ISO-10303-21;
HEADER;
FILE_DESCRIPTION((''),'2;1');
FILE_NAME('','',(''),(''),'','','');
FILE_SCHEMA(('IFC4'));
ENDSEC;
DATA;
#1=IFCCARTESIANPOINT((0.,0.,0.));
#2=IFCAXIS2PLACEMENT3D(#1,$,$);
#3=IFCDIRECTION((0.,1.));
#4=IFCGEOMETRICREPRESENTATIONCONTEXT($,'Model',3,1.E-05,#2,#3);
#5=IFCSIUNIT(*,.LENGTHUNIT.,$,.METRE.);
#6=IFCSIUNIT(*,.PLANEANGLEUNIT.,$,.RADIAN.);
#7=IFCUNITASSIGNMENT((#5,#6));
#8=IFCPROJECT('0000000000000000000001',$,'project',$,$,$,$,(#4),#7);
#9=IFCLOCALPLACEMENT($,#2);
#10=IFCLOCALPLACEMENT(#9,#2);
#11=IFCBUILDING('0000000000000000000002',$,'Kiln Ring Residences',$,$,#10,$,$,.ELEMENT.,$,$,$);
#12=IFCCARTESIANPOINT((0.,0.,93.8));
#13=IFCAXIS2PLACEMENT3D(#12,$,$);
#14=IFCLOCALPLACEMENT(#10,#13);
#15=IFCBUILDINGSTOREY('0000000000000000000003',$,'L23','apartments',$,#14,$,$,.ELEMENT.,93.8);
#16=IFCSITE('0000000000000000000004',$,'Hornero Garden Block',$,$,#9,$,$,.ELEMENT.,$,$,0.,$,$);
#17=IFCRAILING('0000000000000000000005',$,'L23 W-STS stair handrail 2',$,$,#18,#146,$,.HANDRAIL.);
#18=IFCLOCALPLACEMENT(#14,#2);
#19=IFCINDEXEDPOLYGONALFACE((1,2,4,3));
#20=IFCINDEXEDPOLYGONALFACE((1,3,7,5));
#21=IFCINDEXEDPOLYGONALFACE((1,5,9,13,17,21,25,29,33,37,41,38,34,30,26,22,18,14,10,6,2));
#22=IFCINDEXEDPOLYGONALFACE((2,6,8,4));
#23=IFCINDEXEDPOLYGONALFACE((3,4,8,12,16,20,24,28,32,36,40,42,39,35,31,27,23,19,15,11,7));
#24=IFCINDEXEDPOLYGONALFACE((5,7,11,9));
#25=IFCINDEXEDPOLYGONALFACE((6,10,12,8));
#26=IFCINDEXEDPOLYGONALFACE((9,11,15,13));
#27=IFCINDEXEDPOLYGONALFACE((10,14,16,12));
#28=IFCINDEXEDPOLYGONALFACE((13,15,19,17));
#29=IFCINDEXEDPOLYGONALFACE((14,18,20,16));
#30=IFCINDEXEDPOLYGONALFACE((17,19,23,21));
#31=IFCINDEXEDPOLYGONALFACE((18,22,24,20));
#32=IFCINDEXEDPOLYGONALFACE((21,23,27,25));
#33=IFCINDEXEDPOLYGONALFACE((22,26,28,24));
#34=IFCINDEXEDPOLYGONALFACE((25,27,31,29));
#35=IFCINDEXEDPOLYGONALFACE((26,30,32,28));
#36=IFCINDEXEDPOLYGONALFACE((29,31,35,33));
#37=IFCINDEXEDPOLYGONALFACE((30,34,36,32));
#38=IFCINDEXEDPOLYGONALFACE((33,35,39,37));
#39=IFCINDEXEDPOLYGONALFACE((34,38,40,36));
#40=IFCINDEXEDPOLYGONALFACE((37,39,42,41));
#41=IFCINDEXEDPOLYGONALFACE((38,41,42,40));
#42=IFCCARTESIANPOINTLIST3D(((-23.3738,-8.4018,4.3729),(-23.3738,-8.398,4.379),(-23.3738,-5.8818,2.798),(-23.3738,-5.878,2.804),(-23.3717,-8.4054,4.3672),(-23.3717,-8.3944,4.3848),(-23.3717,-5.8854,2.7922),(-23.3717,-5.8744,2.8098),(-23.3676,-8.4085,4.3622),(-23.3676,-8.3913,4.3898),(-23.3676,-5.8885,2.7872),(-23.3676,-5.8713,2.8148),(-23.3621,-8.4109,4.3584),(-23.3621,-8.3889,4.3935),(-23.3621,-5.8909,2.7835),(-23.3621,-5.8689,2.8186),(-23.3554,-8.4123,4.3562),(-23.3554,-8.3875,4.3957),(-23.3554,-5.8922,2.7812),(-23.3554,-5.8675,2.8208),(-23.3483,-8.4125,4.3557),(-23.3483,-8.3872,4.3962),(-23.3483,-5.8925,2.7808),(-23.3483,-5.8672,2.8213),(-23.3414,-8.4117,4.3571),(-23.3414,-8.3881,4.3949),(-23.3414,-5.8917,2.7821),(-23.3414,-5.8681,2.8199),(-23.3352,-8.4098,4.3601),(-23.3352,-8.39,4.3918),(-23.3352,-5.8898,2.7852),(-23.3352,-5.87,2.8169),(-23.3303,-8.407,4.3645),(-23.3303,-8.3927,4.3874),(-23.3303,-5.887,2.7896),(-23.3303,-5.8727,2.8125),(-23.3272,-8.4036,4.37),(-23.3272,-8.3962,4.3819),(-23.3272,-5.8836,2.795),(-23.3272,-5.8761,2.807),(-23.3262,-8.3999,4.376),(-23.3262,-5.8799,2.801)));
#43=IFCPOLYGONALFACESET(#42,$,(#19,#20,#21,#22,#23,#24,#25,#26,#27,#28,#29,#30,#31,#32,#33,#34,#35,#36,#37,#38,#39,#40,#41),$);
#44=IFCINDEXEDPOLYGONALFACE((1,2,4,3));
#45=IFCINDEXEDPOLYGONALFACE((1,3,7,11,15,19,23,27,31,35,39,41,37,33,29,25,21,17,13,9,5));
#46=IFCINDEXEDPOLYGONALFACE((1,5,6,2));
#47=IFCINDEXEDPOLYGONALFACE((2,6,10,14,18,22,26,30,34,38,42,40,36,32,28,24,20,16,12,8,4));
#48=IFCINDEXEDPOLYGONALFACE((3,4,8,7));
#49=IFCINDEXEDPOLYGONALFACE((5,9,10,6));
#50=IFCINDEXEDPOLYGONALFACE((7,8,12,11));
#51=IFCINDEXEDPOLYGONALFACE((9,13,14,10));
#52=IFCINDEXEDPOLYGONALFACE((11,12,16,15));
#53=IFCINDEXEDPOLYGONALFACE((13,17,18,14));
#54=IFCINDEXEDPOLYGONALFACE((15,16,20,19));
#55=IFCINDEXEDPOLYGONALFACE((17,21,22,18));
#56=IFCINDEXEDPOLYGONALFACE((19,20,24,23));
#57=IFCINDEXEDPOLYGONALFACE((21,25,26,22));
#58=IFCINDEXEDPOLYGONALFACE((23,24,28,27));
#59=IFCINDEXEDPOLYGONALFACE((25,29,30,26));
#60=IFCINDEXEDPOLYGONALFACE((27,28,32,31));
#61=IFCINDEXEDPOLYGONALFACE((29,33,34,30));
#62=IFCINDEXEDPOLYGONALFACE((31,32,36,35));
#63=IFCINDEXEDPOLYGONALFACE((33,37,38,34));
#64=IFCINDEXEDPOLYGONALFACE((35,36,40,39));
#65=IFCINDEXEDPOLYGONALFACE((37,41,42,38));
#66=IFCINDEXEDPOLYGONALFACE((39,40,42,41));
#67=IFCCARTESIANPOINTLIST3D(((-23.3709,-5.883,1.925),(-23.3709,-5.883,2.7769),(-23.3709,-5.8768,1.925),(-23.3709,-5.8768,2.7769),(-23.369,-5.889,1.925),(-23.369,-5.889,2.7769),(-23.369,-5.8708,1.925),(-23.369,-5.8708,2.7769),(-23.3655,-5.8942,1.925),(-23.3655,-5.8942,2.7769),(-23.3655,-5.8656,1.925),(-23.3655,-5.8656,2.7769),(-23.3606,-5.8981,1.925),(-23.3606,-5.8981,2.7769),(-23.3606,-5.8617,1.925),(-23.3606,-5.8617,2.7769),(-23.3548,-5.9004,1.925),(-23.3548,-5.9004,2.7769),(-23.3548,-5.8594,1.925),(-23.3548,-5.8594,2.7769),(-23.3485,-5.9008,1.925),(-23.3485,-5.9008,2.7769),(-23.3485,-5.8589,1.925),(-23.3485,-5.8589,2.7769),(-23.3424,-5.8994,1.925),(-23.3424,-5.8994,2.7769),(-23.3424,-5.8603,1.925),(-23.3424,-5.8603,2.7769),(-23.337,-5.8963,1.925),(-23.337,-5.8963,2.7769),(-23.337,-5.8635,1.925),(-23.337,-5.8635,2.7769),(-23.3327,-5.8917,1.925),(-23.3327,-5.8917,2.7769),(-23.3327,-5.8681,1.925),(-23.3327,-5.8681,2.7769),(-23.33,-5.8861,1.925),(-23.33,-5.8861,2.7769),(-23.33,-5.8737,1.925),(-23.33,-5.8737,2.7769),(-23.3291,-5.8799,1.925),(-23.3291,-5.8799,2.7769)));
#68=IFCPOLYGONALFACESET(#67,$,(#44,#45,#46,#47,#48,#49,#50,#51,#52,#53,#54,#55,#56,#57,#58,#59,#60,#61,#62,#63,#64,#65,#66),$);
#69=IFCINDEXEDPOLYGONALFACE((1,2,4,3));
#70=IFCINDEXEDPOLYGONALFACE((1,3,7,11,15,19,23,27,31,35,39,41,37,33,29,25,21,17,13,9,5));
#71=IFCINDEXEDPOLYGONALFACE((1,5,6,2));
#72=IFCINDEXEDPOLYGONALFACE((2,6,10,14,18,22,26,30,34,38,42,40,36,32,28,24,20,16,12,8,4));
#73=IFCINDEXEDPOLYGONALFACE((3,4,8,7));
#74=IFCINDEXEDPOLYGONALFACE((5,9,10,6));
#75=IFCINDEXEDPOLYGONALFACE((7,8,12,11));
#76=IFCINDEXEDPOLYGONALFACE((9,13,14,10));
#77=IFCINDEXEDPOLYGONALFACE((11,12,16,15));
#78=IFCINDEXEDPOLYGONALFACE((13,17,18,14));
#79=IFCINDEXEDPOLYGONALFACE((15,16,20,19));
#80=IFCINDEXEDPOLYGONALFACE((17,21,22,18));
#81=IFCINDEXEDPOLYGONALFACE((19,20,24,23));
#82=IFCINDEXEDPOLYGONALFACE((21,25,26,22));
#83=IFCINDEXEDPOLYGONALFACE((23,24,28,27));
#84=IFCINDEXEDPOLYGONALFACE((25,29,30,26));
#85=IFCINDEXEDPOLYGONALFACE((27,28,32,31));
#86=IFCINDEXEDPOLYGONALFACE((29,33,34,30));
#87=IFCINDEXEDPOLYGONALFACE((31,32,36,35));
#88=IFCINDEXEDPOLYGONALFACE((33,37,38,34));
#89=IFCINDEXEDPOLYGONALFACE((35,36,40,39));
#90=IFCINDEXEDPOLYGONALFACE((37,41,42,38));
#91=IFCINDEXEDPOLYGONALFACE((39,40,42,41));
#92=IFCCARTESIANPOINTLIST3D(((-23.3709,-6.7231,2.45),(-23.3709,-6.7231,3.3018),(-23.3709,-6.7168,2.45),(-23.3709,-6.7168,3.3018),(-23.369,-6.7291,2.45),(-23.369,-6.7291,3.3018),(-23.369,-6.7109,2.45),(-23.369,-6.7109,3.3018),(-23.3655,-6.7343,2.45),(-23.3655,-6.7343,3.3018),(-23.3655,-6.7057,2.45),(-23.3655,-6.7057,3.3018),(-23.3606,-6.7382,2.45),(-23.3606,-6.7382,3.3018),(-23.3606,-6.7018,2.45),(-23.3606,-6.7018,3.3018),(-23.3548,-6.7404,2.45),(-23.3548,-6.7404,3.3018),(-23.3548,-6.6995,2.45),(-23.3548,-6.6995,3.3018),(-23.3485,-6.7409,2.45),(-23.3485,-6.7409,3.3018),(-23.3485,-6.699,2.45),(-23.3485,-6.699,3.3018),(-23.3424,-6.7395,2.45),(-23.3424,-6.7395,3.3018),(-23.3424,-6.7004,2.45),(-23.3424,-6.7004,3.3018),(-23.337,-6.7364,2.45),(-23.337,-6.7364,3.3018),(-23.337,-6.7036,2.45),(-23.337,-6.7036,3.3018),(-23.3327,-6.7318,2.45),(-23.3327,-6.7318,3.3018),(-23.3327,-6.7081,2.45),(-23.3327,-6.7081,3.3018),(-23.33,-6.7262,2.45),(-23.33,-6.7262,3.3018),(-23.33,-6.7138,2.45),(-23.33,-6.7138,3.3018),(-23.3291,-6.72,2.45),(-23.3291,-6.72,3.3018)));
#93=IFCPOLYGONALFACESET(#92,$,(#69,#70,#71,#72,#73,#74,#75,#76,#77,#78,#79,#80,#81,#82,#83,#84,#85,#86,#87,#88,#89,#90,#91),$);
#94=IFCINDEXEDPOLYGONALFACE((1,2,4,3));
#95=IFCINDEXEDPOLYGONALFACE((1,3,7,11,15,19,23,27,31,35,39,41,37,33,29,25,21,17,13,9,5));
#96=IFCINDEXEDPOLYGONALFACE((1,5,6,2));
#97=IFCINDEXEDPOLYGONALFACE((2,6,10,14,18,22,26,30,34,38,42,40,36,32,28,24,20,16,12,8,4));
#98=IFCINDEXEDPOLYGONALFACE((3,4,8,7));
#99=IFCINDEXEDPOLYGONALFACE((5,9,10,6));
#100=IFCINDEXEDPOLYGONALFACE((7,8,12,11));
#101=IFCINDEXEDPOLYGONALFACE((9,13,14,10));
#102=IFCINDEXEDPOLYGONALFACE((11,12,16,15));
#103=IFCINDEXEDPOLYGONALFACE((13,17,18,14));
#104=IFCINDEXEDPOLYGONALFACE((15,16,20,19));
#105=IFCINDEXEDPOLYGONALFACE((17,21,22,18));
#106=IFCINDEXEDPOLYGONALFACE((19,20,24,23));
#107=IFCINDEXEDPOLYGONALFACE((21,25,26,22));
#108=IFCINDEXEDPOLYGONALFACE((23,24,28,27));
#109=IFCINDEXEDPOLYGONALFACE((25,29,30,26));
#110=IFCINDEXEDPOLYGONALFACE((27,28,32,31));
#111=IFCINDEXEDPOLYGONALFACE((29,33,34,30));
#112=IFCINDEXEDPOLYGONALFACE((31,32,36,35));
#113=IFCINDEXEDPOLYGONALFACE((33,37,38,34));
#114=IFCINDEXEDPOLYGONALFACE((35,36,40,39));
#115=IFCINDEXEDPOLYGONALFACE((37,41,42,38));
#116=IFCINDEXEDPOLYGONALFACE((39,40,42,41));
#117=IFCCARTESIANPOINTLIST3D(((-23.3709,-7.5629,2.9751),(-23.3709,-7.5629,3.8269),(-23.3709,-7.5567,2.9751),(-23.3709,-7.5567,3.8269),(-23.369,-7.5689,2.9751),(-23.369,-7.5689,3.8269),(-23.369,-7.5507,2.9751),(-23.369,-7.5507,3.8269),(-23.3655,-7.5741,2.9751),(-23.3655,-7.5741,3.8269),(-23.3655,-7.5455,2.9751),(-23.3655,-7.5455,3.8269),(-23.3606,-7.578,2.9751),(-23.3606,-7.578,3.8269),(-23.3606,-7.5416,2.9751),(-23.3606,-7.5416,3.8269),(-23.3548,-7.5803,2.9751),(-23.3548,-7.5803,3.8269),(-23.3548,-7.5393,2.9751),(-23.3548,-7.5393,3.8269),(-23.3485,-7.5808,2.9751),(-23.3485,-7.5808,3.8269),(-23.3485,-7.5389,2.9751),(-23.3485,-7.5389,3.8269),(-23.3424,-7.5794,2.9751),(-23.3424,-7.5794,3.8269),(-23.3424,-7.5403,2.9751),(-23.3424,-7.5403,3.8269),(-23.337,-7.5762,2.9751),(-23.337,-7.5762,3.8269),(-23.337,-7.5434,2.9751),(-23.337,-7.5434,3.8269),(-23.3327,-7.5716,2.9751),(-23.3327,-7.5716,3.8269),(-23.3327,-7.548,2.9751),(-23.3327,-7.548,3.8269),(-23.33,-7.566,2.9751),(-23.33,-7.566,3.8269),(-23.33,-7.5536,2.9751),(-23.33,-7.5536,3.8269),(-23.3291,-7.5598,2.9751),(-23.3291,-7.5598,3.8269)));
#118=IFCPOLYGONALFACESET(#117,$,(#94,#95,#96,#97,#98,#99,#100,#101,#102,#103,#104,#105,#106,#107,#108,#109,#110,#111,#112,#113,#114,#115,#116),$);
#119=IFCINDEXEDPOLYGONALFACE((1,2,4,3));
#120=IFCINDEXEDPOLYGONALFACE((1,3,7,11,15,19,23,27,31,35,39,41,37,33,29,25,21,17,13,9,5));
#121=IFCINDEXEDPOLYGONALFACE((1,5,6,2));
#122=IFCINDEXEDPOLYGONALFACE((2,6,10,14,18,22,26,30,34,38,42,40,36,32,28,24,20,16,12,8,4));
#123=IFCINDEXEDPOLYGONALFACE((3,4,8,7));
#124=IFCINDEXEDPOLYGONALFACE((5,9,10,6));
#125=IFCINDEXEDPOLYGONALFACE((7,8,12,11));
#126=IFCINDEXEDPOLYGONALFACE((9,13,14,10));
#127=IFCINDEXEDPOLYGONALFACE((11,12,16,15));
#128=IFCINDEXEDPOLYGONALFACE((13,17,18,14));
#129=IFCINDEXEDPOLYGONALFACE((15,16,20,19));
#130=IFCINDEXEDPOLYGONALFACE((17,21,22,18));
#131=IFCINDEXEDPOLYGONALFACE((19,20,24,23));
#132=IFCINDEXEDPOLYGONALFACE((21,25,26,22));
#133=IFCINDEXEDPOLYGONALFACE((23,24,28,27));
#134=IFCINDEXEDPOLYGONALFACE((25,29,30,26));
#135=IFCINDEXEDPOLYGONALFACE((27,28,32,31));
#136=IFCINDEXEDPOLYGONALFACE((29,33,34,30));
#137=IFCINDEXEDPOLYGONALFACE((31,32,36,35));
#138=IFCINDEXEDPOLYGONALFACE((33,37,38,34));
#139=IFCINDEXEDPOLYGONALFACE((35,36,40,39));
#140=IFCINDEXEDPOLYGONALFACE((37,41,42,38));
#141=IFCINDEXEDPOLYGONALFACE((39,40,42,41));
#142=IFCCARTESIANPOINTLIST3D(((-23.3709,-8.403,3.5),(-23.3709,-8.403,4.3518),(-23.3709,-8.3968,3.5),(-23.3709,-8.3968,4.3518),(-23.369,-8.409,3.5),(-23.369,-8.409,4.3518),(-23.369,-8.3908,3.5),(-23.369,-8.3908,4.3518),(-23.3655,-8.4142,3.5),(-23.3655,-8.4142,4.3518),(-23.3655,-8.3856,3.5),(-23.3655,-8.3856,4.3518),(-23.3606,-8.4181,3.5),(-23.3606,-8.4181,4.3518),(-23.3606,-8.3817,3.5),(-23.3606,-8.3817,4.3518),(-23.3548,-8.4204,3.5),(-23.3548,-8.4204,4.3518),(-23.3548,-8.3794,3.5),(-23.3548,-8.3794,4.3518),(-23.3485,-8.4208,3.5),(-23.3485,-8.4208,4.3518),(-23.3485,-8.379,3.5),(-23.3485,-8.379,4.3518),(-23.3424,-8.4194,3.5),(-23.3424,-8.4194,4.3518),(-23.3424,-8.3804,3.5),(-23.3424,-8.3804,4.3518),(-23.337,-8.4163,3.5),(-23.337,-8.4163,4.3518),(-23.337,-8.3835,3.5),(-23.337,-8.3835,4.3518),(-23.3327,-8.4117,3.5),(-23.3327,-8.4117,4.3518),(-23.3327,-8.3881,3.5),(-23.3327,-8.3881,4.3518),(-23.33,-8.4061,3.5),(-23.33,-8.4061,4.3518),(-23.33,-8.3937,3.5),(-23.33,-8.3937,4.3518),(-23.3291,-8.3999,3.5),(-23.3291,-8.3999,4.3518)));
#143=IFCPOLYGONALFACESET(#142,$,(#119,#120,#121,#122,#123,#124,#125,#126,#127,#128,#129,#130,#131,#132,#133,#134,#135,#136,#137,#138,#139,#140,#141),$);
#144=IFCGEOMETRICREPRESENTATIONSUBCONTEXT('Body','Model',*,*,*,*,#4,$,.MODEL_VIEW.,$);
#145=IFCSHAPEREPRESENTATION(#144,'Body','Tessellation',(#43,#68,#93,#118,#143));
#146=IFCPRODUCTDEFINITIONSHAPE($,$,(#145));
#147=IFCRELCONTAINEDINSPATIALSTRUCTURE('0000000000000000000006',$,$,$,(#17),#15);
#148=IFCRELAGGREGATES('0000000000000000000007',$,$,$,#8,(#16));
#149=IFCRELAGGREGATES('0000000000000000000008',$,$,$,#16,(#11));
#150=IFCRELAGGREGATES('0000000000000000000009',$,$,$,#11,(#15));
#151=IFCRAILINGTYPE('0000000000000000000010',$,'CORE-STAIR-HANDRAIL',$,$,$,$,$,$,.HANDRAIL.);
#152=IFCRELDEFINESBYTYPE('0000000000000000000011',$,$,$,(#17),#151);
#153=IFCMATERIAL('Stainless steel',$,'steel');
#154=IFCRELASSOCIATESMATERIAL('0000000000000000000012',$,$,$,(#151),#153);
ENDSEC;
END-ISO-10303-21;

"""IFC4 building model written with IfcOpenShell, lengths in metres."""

from ifc_helpers import new_model, si_unit, direction, frame, origin, origin_2d, place, context, subcontext, project, spatial, circle, extrude, material, type_object, element, save


model = new_model("IFC4")

# Units and contexts
model_context = context("Model", 3, precision=1e-05, world=origin(), true_north=direction((0.0, 1.0)))
body_context = subcontext(model_context, "Body", "Model", "MODEL_VIEW")
ifc_project = project(units=[si_unit("LENGTHUNIT", "METRE"), si_unit("PLANEANGLEUNIT", "RADIAN")], contexts=[model_context])

# Site, building, storey
site_placement = place(None, origin())
site = spatial("IfcSite", under=ifc_project, at=site_placement, Name="Hornero Garden Block", CompositionType="ELEMENT", RefElevation=0.0)
building_placement = place(site_placement, origin())
building = spatial("IfcBuilding", under=site, at=building_placement, Name="Kiln Ring Residences", CompositionType="ELEMENT")
storey_placement = place(building_placement, frame((0.0, 0.0, 93.8)))
storey = spatial("IfcBuildingStorey", under=building, at=storey_placement, Name="L23", Description="apartments", CompositionType="ELEMENT", Elevation=93.8)

# Railing
ifc_material_1 = material(Name="Stainless steel", Category="steel")
railing_type_1 = type_object("IfcRailingType", Name="CORE-STAIR-HANDRAIL", PredefinedType="HANDRAIL", material=ifc_material_1)
railing_1_placement = place(storey_placement, frame((-23.3501, -5.8799, 1.925)))
element("IfcRailing", 1, at=railing_1_placement, inside=storey, type_object=railing_type_1, Name="L23 W-STS stair handrail 2", PredefinedType="HANDRAIL", context=body_context, shape_type="SweptSolid", body=[
    extrude(circle(Radius=0.0239, at=origin_2d()), frame((0.0, 0.0, 0.876), z_axis=(0.0, -0.848008, 0.529984), x_axis=(1.0, 0.0, 0.0)), (0.0, 0.0, 1.0), 2.9717),
    extrude(circle(Radius=0.021, at=origin_2d()), origin(), (0.0, 0.0, 1.0), 0.8518),
    extrude(circle(Radius=0.021, at=origin_2d()), frame((0.0, -0.8401, 0.5249)), (0.0, 0.0, 1.0), 0.8518),
    extrude(circle(Radius=0.021, at=origin_2d()), frame((0.0, -1.6799, 1.05)), (0.0, 0.0, 1.0), 0.8518),
    extrude(circle(Radius=0.021, at=origin_2d()), frame((0.0, -2.52, 1.575)), (0.0, 0.0, 1.0), 0.8518),
])

save(model, "model.ifc")
